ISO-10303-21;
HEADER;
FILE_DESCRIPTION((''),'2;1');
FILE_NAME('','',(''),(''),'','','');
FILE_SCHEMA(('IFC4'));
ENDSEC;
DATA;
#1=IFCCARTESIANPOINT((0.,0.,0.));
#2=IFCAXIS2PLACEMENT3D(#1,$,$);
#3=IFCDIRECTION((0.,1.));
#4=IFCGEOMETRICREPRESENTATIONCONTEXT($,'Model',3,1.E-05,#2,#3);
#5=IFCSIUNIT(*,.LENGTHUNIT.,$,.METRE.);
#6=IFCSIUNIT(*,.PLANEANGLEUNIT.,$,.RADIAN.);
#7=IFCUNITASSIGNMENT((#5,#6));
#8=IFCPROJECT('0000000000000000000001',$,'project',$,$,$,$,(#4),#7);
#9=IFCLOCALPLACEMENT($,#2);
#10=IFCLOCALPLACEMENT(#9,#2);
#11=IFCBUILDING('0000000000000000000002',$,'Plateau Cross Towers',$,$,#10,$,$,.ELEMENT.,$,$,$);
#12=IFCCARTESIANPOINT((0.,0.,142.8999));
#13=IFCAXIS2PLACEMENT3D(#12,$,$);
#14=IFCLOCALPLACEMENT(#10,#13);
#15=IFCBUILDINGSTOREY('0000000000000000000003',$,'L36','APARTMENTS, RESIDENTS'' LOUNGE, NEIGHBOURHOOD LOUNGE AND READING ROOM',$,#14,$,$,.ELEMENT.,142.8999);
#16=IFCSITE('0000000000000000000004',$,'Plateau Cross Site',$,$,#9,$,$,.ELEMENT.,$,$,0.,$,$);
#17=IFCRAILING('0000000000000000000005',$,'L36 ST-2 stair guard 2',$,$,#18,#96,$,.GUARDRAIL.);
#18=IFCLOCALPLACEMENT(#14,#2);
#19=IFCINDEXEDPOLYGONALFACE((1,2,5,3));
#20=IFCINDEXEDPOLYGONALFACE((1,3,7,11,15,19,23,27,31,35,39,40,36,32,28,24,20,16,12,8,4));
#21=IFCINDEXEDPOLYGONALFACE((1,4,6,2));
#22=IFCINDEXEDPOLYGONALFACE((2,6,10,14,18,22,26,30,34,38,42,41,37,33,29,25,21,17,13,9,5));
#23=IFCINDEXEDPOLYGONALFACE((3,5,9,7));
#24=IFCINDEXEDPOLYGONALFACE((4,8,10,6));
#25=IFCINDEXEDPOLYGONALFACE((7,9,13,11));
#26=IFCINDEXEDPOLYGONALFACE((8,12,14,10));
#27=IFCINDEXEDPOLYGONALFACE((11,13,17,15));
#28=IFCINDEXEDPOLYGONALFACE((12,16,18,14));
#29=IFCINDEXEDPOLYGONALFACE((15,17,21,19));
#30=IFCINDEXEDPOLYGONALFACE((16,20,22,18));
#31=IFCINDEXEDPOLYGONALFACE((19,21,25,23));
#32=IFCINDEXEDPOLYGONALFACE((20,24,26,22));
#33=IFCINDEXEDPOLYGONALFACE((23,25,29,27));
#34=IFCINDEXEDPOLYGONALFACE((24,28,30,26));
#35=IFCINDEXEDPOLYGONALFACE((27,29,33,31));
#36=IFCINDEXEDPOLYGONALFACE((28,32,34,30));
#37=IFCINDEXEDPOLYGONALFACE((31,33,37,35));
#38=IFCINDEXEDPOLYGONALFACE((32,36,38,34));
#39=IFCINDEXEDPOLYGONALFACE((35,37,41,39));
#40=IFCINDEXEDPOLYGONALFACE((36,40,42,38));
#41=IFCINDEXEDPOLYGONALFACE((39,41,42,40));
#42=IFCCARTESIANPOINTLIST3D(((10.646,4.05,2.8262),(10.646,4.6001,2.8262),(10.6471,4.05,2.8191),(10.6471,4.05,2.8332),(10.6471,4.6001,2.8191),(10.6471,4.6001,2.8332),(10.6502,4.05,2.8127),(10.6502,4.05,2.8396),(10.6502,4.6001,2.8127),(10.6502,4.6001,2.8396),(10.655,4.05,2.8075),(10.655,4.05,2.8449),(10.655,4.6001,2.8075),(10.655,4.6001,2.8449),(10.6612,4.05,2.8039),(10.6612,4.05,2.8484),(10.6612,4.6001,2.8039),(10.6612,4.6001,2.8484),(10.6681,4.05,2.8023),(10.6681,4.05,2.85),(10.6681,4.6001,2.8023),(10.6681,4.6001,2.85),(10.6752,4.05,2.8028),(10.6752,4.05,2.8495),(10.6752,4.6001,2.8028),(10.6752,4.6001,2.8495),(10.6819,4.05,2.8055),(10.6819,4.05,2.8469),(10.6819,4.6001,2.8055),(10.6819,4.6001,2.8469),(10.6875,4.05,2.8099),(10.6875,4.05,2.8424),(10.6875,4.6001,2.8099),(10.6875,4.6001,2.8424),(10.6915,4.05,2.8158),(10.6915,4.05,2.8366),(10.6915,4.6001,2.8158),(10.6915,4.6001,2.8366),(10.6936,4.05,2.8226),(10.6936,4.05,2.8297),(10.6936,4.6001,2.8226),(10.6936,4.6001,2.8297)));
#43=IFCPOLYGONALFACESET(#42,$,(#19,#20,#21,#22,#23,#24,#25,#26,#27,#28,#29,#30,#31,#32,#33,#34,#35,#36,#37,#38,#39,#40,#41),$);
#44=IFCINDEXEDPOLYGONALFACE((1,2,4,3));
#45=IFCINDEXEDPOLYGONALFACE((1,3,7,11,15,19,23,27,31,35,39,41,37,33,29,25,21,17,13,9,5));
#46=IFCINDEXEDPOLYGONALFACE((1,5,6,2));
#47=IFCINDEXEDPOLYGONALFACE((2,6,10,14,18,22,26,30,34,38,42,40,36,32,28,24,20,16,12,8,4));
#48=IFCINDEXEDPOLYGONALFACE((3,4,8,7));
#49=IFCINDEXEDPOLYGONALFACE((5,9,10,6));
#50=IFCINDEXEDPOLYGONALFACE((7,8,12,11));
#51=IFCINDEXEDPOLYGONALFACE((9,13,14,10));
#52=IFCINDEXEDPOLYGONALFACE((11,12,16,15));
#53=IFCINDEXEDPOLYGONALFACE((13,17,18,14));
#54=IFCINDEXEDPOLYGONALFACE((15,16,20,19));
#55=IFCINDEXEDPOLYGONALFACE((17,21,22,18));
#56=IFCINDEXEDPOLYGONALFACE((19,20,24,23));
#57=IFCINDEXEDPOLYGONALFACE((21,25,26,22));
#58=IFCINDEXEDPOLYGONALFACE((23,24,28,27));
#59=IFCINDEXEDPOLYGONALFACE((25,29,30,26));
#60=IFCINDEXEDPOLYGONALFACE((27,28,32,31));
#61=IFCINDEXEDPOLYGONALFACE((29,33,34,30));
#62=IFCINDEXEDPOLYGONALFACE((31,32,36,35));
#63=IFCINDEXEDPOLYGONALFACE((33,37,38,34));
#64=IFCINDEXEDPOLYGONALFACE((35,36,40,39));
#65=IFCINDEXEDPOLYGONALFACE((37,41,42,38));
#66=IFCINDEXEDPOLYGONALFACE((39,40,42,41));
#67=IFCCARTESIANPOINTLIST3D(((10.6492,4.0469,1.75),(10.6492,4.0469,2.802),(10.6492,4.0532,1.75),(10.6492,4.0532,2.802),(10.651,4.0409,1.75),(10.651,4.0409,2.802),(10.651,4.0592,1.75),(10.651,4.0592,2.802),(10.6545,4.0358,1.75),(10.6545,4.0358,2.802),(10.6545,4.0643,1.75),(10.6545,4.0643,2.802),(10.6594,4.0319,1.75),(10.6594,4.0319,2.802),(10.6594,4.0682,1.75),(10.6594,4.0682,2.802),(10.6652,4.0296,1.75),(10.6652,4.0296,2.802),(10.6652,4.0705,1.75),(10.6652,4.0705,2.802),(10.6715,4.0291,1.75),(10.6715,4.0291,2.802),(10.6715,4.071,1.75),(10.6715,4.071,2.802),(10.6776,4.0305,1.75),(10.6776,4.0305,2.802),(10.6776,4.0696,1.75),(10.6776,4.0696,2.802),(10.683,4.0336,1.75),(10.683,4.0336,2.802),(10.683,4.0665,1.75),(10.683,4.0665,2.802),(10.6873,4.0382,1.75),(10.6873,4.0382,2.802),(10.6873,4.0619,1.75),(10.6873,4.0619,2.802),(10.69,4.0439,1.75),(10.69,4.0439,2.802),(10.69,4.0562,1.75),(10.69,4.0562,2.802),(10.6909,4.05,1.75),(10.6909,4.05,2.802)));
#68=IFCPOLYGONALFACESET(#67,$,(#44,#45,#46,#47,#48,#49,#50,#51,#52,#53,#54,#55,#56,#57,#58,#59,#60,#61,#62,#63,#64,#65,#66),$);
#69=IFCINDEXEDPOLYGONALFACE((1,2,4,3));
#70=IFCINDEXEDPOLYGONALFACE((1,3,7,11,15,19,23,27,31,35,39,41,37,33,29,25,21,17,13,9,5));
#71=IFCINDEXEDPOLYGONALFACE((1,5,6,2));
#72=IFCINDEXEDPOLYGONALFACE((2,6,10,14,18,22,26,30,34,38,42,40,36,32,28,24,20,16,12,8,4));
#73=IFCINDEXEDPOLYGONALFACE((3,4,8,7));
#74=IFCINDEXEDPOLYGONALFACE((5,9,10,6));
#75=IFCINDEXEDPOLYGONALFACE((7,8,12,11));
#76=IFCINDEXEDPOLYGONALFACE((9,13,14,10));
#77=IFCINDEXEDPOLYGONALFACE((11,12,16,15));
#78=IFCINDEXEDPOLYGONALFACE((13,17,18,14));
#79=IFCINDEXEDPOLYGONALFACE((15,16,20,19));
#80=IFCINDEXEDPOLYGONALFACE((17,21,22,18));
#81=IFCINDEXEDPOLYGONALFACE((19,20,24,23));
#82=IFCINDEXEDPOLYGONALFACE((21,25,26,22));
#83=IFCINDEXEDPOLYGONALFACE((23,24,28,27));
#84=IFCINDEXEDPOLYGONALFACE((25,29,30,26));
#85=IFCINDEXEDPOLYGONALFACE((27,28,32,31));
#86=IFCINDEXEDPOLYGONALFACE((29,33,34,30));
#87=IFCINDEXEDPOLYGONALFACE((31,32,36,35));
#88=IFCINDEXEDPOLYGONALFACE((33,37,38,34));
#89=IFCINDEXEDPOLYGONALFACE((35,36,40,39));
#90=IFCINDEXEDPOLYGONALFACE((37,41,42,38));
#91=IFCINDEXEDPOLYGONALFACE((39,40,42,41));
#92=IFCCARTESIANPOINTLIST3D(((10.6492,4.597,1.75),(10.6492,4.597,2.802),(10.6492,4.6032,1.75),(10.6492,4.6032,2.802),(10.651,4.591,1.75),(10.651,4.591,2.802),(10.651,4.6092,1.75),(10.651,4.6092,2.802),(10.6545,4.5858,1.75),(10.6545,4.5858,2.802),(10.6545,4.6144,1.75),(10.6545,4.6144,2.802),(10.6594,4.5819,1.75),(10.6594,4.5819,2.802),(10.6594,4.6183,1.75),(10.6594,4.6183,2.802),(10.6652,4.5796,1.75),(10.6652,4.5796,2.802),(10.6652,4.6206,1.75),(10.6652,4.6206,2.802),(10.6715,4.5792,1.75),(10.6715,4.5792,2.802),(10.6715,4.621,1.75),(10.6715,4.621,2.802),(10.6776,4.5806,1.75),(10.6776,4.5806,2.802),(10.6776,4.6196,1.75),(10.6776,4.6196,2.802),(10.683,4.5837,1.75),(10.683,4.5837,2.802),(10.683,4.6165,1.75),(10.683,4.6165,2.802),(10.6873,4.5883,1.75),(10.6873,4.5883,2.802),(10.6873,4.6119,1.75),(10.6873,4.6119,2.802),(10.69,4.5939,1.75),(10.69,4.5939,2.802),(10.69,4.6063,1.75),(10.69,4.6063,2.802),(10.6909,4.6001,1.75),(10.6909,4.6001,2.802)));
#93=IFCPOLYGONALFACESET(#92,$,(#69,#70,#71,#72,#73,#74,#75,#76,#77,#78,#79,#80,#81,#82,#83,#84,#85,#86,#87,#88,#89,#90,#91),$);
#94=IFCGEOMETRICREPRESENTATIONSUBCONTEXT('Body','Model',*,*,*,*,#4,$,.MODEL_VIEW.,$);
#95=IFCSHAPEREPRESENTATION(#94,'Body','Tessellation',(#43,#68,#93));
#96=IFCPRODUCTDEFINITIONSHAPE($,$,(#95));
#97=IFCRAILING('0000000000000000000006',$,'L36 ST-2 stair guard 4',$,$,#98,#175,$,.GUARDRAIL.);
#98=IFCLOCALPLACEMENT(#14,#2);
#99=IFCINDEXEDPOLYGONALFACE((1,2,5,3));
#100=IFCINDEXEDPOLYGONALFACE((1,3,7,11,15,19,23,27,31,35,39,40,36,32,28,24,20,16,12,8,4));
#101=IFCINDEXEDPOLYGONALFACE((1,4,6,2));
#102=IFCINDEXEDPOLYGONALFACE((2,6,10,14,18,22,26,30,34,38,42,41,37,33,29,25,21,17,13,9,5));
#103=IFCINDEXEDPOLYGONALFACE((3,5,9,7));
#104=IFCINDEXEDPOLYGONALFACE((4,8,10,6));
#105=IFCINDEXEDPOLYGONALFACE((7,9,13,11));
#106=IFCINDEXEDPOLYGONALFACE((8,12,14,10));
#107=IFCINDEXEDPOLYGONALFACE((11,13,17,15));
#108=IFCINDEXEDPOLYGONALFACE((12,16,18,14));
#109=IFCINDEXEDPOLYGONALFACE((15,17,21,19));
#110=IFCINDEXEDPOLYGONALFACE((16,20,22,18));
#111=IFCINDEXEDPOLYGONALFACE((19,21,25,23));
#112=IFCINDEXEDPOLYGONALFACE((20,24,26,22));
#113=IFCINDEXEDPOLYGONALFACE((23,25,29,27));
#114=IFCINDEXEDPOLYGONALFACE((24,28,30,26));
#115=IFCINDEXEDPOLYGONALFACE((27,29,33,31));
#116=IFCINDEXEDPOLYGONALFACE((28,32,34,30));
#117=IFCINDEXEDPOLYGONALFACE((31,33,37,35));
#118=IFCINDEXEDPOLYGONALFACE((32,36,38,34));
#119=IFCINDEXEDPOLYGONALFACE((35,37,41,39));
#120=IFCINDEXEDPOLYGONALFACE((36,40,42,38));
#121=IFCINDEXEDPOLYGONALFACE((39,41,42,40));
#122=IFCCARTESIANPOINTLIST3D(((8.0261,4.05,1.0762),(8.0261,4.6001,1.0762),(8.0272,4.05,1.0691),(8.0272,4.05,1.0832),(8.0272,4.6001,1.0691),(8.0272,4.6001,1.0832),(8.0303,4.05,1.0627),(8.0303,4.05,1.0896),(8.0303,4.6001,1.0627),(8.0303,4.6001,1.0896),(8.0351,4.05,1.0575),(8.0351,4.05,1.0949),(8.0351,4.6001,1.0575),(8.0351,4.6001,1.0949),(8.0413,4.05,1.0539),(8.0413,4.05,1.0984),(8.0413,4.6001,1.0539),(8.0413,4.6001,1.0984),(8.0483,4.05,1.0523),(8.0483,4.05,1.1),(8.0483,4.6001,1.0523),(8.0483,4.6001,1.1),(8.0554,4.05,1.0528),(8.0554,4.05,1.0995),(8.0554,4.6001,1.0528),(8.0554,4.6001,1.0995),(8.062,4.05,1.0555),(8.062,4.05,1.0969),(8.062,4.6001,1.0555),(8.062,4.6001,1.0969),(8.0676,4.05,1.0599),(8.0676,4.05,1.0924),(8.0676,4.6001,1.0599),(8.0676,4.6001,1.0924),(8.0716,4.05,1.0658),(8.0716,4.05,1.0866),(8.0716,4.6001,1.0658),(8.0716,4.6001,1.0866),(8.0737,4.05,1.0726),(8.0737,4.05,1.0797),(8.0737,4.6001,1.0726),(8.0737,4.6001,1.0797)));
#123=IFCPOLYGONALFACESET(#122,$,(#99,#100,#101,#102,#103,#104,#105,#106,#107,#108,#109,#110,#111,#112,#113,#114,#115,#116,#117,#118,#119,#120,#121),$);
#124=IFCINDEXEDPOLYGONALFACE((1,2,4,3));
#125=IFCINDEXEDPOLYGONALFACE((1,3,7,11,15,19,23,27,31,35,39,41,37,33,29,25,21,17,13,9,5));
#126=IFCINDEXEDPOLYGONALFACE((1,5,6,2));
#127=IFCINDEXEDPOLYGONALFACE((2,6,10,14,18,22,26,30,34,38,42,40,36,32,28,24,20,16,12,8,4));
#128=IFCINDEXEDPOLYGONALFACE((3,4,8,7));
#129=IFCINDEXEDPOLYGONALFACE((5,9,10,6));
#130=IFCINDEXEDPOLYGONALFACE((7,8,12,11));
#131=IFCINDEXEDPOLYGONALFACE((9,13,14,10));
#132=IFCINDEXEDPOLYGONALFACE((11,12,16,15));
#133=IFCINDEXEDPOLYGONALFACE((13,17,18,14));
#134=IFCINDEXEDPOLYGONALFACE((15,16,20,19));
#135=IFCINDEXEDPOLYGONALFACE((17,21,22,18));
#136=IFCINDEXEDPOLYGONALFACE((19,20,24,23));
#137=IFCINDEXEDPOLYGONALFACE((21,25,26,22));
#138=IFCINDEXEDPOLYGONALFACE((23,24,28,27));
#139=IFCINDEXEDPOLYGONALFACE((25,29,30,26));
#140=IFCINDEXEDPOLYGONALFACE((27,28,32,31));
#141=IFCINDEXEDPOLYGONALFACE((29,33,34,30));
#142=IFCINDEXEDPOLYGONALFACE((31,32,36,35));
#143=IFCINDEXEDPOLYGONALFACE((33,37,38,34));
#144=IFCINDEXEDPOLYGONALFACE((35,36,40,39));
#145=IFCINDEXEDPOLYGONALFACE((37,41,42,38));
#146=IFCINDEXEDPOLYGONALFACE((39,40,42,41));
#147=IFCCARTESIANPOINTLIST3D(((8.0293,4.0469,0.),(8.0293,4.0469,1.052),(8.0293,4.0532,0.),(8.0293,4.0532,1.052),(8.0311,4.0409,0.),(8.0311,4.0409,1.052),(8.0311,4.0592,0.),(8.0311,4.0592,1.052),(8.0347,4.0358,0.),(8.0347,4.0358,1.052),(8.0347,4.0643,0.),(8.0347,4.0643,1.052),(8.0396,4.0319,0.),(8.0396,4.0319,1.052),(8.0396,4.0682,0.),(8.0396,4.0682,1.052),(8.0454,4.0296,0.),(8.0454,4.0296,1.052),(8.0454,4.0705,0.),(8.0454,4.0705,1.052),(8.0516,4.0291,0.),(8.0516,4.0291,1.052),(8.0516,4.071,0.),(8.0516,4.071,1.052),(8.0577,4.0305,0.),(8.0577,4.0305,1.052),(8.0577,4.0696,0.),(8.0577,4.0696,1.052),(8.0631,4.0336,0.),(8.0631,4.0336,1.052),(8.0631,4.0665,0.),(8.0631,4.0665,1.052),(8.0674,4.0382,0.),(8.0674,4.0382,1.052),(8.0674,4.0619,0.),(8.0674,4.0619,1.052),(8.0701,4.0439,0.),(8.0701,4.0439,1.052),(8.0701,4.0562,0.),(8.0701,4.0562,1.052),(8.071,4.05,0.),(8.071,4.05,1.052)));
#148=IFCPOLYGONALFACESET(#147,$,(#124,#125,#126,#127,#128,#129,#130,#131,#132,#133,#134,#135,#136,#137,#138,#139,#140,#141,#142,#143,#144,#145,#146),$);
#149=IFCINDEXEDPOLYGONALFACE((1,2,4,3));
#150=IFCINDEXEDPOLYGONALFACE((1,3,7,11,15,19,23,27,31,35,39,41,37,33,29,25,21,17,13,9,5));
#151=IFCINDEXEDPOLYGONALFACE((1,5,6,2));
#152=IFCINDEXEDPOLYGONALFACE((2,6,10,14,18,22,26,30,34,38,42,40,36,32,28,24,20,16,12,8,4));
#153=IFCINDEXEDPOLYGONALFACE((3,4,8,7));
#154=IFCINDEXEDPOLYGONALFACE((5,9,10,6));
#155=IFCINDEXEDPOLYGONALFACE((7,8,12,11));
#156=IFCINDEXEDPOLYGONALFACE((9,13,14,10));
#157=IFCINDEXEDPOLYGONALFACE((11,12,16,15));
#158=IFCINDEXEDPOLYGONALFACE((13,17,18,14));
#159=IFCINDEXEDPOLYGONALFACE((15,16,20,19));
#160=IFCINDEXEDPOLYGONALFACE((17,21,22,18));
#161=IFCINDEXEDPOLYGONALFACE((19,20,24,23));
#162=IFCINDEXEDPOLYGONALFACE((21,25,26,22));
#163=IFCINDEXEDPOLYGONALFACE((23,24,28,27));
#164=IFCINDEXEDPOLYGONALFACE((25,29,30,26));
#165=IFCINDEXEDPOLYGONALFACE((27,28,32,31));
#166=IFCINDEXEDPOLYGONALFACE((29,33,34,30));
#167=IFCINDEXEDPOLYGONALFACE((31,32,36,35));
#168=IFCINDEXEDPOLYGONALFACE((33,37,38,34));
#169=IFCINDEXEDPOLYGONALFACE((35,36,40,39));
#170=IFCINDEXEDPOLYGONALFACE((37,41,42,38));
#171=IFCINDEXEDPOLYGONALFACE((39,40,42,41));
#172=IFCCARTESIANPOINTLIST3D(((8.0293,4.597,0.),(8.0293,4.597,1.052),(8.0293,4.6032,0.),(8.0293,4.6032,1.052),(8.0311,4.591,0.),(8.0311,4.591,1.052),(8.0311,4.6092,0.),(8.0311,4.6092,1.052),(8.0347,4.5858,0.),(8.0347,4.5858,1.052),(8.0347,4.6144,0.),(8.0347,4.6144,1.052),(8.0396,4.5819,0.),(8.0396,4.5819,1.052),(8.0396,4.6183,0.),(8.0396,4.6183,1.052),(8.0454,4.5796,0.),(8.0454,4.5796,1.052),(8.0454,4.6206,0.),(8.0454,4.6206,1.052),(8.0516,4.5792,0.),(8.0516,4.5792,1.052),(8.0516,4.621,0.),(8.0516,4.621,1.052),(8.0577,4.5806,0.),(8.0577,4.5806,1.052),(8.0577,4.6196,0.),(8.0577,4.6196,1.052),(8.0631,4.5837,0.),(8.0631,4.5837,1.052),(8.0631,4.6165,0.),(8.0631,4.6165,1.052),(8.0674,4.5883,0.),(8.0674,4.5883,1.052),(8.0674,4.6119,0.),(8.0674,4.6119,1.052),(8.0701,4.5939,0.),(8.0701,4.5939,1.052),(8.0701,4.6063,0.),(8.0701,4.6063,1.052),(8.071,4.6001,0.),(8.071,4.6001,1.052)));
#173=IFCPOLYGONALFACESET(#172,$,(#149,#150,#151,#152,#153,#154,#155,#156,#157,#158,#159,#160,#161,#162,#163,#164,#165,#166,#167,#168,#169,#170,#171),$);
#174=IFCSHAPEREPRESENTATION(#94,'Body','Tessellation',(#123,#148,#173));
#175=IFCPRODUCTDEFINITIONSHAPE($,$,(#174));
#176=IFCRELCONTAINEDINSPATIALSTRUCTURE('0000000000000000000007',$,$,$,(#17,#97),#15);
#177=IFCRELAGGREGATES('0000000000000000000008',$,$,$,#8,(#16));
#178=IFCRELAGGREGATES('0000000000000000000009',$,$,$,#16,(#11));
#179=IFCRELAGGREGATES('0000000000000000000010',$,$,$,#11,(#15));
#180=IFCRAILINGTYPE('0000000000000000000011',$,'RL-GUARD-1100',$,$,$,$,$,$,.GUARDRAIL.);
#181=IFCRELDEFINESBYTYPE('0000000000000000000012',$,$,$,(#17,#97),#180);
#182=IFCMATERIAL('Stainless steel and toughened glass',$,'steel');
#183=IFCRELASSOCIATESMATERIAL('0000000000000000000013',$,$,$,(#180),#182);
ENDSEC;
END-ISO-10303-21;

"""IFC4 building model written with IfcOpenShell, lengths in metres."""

from ifc_helpers import new_model, si_unit, direction, frame, origin, origin_2d, place, context, subcontext, project, spatial, circle, extrude, material, type_object, element, save


model = new_model("IFC4")

# Units and contexts
model_context = context("Model", 3, precision=1e-05, world=origin(), true_north=direction((0.0, 1.0)))
body_context = subcontext(model_context, "Body", "Model", "MODEL_VIEW")
ifc_project = project(units=[si_unit("LENGTHUNIT", "METRE"), si_unit("PLANEANGLEUNIT", "RADIAN")], contexts=[model_context])

# Site, building, storey
site_placement = place(None, origin())
site = spatial("IfcSite", under=ifc_project, at=site_placement, Name="Plateau Cross Site", CompositionType="ELEMENT", RefElevation=0.0)
building_placement = place(site_placement, origin())
building = spatial("IfcBuilding", under=site, at=building_placement, Name="Plateau Cross Towers", CompositionType="ELEMENT")
storey_placement = place(building_placement, frame((0.0, 0.0, 142.8999)))
storey = spatial("IfcBuildingStorey", under=building, at=storey_placement, Name="L36", Description="APARTMENTS, RESIDENTS' LOUNGE, NEIGHBOURHOOD LOUNGE AND READING ROOM", CompositionType="ELEMENT", Elevation=142.8999)

# Railings
ifc_material_1 = material(Name="Stainless steel and toughened glass", Category="steel")
railing_type_1 = type_object("IfcRailingType", Name="RL-GUARD-1100", PredefinedType="GUARDRAIL", material=ifc_material_1)
for number, where, name in (
    (1, (10.6699, 4.05, 1.75), "L36 ST-2 stair guard 2"),
    (2, (8.05, 4.05, 0.0), "L36 ST-2 stair guard 4"),
):
    element("IfcRailing", number, at=place(storey_placement, frame(where)), inside=storey, type_object=railing_type_1, Name=name, PredefinedType="GUARDRAIL", context=body_context, shape_type="SweptSolid", body=[
        extrude(circle(Radius=0.0239, at=origin_2d()), frame((0.0, 0.0, 1.0762), z_axis=(0.0, 1.0, 0.0), x_axis=(-1.0, 0.0, 0.0)), (0.0, 0.0, 1.0), 0.55),
        extrude(circle(Radius=0.021, at=origin_2d()), origin(), (0.0, 0.0, 1.0), 1.052),
        extrude(circle(Radius=0.021, at=origin_2d()), frame((0.0, 0.55, 0.0)), (0.0, 0.0, 1.0), 1.052),
    ])

save(model, "model.ifc")
